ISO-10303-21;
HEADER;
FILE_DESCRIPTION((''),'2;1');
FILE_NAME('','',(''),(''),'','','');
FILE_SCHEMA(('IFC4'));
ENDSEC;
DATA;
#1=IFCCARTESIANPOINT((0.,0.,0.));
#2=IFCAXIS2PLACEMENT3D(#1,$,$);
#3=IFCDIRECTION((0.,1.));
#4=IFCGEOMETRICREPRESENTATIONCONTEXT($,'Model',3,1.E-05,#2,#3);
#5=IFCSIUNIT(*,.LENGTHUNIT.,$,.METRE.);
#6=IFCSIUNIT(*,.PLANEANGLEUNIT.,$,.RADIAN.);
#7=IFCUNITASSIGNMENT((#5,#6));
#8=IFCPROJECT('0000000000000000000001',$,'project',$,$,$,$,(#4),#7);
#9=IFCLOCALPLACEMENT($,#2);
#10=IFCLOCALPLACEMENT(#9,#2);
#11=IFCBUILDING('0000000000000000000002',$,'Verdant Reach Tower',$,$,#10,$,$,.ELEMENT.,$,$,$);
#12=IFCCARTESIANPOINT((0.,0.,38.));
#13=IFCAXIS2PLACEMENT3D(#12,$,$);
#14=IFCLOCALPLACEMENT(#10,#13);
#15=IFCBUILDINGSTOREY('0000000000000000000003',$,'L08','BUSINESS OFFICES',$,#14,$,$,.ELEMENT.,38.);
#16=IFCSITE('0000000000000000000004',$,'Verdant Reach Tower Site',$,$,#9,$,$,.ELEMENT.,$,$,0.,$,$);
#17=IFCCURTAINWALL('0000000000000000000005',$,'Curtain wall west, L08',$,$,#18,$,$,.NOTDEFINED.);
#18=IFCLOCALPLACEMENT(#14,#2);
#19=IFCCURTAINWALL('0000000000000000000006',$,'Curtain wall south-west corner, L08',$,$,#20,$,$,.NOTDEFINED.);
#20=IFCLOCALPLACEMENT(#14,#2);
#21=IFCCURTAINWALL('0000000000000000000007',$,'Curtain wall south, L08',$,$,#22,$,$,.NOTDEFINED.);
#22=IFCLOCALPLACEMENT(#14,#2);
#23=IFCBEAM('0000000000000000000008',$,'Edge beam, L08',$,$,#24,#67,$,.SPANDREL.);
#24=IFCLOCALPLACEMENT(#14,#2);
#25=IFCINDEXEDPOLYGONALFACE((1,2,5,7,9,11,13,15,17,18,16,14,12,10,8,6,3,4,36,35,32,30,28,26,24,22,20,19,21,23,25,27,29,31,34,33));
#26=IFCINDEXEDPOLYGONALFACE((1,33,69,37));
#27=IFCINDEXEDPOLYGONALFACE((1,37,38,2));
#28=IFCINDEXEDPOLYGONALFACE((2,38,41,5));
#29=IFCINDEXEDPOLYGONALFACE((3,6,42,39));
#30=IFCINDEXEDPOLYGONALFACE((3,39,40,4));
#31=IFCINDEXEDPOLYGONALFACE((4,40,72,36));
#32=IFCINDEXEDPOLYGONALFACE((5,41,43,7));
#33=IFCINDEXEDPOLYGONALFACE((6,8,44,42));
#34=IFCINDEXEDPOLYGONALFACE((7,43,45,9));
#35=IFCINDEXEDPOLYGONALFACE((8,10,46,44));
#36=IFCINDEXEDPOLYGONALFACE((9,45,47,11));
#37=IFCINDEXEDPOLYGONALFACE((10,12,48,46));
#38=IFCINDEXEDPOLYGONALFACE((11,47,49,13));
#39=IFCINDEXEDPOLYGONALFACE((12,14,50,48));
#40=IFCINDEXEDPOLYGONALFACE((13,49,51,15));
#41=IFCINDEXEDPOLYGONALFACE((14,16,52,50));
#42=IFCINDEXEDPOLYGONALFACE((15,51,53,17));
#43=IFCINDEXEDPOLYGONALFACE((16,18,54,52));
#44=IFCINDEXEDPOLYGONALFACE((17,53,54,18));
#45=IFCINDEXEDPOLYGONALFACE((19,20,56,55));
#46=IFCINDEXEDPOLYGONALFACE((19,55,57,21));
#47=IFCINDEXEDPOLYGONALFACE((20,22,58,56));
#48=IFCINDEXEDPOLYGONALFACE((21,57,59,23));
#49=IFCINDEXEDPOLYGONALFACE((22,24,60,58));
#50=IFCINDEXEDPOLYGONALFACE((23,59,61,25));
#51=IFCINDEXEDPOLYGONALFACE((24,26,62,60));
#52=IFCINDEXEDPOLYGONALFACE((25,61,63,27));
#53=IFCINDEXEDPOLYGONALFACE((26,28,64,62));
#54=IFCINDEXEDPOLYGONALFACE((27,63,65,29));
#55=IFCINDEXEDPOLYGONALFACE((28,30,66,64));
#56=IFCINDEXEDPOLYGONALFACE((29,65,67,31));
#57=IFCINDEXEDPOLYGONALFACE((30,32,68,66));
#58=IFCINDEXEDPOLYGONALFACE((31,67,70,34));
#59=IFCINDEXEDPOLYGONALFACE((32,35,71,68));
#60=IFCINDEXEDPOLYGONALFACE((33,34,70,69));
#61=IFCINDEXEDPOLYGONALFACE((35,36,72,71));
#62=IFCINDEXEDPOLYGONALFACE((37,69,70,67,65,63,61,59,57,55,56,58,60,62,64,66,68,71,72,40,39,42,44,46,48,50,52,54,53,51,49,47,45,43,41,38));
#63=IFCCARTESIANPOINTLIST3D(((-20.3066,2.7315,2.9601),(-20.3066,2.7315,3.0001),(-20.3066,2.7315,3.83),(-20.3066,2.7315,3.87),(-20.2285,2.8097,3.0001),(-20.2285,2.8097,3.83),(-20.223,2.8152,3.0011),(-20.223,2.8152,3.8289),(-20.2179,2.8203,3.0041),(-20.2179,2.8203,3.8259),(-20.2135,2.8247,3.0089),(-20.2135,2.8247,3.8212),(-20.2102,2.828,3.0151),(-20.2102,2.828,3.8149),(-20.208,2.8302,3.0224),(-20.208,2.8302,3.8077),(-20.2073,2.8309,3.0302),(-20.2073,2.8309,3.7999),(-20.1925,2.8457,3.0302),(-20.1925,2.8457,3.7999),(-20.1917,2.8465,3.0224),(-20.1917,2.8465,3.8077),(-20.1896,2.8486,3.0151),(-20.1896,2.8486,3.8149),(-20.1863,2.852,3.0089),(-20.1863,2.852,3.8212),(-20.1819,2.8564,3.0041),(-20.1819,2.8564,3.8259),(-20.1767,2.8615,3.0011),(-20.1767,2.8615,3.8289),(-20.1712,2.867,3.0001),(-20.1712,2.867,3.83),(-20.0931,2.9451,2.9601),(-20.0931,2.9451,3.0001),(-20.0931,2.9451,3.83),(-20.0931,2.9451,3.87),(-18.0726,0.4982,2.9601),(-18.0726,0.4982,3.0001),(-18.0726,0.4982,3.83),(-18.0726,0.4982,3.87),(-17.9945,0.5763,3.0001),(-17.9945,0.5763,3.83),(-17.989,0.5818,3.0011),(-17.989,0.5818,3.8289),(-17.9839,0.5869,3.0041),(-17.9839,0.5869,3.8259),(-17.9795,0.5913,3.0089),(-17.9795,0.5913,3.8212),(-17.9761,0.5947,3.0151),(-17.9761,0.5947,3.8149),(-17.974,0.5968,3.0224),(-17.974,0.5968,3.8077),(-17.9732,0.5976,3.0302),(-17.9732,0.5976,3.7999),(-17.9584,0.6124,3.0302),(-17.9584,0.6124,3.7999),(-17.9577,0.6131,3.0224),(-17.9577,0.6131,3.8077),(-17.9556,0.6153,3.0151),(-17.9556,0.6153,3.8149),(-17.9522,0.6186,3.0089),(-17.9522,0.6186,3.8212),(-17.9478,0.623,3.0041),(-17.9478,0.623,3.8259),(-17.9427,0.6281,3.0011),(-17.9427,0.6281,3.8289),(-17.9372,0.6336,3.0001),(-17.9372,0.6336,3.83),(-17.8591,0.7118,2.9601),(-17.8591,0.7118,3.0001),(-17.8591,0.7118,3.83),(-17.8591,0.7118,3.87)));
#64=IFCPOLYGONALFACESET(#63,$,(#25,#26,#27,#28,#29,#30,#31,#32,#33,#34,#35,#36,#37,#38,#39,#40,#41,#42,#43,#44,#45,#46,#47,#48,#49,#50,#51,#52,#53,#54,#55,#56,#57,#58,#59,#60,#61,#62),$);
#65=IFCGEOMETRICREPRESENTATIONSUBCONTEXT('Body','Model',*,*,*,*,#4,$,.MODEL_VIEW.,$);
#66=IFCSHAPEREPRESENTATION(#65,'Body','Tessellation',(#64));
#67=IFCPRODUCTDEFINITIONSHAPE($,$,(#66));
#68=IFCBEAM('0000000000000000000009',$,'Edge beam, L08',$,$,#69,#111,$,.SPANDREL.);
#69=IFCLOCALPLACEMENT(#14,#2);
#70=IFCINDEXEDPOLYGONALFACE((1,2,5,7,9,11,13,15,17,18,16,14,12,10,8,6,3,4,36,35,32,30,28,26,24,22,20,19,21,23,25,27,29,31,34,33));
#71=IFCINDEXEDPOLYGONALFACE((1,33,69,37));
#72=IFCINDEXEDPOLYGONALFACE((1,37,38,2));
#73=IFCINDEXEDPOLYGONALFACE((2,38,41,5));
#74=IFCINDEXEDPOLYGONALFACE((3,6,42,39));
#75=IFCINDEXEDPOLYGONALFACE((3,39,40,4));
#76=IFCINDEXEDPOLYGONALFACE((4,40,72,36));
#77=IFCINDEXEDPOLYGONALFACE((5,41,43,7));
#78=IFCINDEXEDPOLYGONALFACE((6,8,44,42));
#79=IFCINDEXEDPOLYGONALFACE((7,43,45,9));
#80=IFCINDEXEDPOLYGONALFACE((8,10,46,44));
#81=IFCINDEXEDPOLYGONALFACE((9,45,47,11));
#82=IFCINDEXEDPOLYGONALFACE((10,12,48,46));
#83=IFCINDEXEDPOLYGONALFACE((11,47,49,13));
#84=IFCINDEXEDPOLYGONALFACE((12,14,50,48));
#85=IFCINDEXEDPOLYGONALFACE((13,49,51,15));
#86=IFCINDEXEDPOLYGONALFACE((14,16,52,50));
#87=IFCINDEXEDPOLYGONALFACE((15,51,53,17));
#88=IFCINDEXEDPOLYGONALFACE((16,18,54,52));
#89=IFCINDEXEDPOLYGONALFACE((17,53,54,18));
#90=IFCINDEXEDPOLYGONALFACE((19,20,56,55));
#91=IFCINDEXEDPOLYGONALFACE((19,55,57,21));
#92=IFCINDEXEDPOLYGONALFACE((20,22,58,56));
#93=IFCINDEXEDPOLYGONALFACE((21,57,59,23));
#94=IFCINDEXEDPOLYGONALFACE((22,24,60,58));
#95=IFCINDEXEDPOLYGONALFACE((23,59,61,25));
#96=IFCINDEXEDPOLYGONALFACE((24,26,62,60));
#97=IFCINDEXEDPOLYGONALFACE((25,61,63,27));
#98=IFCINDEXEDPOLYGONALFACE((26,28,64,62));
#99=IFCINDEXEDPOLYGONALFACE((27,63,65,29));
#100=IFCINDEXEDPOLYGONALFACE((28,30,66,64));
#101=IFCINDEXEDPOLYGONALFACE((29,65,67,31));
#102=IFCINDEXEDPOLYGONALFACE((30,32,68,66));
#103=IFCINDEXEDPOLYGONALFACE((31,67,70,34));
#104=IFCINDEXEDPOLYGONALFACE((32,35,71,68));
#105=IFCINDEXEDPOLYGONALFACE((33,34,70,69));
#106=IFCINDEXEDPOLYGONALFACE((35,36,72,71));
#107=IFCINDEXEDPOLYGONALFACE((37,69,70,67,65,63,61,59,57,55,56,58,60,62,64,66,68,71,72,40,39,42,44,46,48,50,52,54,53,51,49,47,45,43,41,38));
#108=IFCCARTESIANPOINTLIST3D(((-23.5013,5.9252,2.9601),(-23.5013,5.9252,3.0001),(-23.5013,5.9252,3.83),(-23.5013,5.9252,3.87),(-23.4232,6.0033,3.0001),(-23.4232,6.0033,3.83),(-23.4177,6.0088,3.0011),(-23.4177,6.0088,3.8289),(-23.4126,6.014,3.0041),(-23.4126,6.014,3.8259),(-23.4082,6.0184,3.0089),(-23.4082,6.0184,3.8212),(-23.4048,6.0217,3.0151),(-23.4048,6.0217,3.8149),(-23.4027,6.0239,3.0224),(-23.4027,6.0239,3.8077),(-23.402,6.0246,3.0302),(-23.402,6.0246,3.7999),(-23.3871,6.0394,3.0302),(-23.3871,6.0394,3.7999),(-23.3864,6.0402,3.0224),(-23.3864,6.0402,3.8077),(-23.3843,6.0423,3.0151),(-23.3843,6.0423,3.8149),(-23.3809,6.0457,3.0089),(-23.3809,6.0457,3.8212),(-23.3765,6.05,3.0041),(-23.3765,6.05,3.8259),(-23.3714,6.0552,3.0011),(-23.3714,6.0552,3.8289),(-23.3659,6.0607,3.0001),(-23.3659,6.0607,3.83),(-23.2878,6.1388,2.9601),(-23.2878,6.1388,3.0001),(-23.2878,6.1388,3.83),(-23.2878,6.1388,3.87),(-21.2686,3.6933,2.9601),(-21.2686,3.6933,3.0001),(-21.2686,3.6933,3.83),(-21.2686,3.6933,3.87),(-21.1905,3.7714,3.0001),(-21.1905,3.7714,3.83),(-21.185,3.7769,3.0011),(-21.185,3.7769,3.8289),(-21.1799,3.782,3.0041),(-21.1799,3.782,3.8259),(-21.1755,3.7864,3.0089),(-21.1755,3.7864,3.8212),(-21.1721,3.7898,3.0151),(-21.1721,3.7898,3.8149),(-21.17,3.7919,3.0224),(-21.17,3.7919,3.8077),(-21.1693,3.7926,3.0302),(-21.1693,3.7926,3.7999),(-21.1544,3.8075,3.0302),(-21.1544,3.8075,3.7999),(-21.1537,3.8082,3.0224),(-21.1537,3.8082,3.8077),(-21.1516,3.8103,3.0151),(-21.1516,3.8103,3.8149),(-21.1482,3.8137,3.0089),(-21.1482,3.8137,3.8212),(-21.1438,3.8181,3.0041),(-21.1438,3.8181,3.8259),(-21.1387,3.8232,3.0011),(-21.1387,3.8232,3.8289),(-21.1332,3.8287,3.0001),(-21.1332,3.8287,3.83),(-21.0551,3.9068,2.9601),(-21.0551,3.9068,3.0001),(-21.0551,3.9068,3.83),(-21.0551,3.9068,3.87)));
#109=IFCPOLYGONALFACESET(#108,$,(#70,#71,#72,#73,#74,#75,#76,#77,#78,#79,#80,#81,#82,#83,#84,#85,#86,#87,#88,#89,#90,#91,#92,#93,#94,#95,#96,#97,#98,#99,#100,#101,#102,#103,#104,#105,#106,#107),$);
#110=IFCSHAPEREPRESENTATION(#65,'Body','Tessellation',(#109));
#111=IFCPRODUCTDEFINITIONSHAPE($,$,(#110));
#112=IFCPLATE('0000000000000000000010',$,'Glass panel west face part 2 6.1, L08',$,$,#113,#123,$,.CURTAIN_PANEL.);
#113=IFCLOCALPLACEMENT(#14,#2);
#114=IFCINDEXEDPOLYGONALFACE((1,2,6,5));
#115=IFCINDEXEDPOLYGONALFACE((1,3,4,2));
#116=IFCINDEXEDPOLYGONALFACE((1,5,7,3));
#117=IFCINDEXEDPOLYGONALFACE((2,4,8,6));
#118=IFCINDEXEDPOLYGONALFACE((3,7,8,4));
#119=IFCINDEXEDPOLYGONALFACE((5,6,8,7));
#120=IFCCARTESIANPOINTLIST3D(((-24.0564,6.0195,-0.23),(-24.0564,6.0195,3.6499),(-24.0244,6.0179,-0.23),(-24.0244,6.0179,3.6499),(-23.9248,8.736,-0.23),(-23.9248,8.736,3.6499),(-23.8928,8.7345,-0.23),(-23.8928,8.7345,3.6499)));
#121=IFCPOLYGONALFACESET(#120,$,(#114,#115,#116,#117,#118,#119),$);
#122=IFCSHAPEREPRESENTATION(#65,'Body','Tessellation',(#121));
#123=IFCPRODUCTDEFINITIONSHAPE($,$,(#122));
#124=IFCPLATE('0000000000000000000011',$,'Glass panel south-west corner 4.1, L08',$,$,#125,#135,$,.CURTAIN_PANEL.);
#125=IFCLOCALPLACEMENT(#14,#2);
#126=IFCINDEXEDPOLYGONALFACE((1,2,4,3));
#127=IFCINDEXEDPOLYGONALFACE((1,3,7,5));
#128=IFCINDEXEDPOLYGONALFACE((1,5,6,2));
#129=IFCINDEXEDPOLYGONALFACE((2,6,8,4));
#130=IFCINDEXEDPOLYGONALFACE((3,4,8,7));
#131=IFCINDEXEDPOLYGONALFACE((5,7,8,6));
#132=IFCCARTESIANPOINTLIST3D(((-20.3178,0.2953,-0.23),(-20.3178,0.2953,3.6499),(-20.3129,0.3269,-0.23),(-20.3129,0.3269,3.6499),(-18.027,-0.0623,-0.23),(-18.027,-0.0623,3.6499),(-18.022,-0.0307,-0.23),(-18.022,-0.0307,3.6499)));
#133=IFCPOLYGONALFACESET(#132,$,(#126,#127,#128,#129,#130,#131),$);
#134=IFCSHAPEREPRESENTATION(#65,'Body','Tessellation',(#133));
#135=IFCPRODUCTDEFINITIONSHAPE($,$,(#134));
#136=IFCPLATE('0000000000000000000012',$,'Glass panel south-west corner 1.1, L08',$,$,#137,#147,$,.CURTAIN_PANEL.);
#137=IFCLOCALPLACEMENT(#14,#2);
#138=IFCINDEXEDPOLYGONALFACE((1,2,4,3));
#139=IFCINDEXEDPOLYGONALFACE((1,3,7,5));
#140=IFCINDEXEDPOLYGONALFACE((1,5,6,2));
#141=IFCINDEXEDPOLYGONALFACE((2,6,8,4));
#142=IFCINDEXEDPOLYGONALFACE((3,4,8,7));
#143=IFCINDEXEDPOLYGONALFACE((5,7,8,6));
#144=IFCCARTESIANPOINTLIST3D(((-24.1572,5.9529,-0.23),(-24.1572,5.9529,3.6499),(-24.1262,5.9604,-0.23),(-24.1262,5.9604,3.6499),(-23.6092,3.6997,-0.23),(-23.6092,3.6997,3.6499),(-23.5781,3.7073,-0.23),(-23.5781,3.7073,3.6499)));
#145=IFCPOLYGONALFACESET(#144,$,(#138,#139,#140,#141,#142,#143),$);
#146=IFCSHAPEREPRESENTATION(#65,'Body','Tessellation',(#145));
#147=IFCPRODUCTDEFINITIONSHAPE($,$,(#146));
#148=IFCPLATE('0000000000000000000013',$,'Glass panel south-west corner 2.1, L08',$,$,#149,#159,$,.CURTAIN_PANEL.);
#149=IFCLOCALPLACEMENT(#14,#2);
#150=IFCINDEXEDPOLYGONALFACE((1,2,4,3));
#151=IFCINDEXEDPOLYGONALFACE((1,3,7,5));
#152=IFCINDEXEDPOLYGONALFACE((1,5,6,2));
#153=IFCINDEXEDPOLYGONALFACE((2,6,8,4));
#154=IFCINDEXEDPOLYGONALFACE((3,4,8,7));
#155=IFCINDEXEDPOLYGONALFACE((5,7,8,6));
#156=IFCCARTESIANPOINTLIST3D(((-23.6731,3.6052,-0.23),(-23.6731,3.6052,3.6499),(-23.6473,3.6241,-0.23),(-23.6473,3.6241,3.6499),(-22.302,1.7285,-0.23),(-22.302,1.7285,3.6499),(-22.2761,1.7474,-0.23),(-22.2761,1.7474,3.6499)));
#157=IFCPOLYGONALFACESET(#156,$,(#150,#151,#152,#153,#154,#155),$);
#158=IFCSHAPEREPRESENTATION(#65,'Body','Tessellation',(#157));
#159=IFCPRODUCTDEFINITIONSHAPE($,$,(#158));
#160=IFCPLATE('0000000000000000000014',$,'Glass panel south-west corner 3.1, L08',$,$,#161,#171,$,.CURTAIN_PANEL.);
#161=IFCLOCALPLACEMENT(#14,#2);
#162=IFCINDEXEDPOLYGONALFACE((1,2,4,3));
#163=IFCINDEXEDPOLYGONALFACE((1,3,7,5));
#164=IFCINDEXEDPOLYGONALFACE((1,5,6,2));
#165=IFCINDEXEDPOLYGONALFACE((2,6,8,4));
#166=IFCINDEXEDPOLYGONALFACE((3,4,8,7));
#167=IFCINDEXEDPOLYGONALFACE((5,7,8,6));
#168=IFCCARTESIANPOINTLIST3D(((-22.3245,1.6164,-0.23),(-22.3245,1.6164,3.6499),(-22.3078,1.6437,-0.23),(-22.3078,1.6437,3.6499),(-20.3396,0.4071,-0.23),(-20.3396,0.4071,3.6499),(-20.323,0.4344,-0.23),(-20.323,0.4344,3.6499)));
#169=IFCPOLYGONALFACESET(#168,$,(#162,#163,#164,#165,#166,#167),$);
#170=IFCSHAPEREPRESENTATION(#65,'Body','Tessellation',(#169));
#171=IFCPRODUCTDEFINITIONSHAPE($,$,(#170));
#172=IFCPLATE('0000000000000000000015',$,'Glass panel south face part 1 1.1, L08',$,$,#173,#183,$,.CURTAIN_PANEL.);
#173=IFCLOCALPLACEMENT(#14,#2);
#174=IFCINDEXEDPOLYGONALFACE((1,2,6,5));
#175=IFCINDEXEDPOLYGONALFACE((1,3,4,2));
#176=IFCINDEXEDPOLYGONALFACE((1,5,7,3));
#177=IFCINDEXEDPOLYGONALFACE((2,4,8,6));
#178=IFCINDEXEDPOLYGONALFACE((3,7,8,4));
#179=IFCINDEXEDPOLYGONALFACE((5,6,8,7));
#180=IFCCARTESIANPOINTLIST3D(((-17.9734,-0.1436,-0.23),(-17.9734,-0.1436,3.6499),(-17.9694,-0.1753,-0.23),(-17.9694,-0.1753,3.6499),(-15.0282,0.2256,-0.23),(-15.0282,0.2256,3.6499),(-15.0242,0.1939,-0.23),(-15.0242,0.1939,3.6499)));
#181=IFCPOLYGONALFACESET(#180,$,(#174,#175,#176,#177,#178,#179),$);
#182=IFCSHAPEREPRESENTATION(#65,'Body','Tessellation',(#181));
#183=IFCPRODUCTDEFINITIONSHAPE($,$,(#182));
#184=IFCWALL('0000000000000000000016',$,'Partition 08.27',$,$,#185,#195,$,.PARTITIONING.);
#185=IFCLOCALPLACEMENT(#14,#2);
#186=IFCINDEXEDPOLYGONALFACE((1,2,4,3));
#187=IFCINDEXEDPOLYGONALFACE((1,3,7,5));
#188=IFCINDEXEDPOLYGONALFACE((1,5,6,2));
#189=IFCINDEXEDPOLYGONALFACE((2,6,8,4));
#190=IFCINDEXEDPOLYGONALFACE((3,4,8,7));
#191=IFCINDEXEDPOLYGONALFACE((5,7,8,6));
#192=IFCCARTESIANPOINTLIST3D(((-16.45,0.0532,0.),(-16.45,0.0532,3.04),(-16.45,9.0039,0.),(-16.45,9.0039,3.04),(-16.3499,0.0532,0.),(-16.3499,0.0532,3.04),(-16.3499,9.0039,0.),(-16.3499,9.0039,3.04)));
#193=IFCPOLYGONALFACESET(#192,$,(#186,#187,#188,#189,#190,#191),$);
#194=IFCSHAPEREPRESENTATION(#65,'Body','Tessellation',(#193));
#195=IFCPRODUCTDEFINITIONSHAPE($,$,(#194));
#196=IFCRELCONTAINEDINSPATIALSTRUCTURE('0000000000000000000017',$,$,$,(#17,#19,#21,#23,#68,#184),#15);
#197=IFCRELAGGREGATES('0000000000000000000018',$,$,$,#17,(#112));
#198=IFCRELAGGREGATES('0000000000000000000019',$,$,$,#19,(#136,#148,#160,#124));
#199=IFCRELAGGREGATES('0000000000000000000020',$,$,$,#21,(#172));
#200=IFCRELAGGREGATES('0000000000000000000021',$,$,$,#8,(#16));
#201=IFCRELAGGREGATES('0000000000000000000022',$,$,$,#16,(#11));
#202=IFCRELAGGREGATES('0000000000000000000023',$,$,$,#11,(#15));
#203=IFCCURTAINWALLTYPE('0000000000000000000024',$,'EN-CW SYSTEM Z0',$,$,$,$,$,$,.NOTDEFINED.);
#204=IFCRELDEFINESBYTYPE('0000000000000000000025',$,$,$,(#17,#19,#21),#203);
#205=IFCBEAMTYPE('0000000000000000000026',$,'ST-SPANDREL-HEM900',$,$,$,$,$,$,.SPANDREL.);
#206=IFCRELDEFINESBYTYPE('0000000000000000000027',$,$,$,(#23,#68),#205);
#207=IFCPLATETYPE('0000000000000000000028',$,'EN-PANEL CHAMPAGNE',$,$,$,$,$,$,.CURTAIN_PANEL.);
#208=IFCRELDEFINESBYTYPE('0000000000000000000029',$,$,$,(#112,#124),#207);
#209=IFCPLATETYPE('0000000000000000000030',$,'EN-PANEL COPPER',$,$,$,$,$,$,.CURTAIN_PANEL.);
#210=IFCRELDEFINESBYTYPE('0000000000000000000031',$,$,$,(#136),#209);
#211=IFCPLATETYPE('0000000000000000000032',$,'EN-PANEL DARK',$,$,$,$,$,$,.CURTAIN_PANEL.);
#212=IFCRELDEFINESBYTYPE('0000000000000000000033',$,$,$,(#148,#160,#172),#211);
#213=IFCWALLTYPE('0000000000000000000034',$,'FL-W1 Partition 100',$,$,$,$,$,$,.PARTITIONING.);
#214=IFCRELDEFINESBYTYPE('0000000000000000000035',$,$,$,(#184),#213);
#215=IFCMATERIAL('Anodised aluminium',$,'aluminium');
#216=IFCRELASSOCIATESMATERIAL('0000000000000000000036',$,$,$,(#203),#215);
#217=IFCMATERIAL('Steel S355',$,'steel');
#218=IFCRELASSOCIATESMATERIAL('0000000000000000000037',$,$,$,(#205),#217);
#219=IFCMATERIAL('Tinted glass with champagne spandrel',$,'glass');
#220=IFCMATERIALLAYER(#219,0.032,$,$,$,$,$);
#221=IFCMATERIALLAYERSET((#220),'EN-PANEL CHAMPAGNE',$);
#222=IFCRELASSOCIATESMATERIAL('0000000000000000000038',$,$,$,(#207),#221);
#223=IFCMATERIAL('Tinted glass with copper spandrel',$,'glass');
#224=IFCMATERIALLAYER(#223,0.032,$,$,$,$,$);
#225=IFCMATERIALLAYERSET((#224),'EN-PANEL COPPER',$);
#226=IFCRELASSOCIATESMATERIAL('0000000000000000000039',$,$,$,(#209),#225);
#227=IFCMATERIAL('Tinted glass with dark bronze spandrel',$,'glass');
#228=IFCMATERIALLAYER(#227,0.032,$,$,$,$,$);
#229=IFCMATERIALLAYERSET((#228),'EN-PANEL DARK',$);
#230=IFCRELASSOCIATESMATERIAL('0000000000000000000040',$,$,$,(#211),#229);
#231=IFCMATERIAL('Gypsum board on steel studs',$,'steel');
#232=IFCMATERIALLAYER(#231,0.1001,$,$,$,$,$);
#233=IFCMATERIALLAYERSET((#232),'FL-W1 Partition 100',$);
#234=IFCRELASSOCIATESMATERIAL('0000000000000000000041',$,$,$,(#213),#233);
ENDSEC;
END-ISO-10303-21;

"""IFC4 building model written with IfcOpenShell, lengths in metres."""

from ifc_helpers import new_model, si_unit, direction, frame, frame_2d, origin, origin_2d, place, context, subcontext, project, spatial, rectangle, i_section, extrude, material, layer, layer_set, material_profile, profile_set, type_object, element, aggregate, save


model = new_model("IFC4")

# Units and contexts
model_context = context("Model", 3, precision=1e-05, world=origin(), true_north=direction((0.0, 1.0)))
body_context = subcontext(model_context, "Body", "Model", "MODEL_VIEW")
ifc_project = project(units=[si_unit("LENGTHUNIT", "METRE"), si_unit("PLANEANGLEUNIT", "RADIAN")], contexts=[model_context])

# Site, building, storey
site_placement = place(None, origin())
site = spatial("IfcSite", under=ifc_project, at=site_placement, Name="Verdant Reach Tower Site", CompositionType="ELEMENT", RefElevation=0.0)
building_placement = place(site_placement, origin())
building = spatial("IfcBuilding", under=site, at=building_placement, Name="Verdant Reach Tower", CompositionType="ELEMENT")
storey_placement = place(building_placement, frame((0.0, 0.0, 38.0)))
storey = spatial("IfcBuildingStorey", under=building, at=storey_placement, Name="L08", Description="BUSINESS OFFICES", CompositionType="ELEMENT", Elevation=38.0)

# Curtain wall
ifc_material_1 = material(Name="Anodised aluminium", Category="aluminium")
curtain_wall_type = type_object("IfcCurtainWallType", Name="EN-CW SYSTEM Z0", PredefinedType="NOTDEFINED", material=ifc_material_1)
curtain_wall_1_placement = place(storey_placement, origin())
curtain_wall_1 = element("IfcCurtainWall", 1, at=curtain_wall_1_placement, inside=storey, type_object=curtain_wall_type, Name="Curtain wall west, L08", PredefinedType="NOTDEFINED")

# Curtain walls
curtain_wall_2_placement = place(storey_placement, origin())
curtain_wall_2 = element("IfcCurtainWall", 2, at=curtain_wall_2_placement, inside=storey, type_object=curtain_wall_type, Name="Curtain wall south-west corner, L08", PredefinedType="NOTDEFINED")
curtain_wall_3_placement = place(storey_placement, origin())
curtain_wall_3 = element("IfcCurtainWall", 3, at=curtain_wall_3_placement, inside=storey, type_object=curtain_wall_type, Name="Curtain wall south, L08", PredefinedType="NOTDEFINED")

# Beams
ifc_material_2 = material(Name="Steel S355", Category="steel")
ifc_material_profile_1 = material_profile(ifc_material_2, i_section(OverallWidth=0.302, OverallDepth=0.9099, WebThickness=0.021, FlangeThickness=0.04, FilletRadius=0.03, at=origin_2d()), Name="HEM 900")
ifc_profile_set_1 = profile_set([ifc_material_profile_1], Name="Steel S355")
beam_type_1 = type_object("IfcBeamType", Name="ST-SPANDREL-HEM900", PredefinedType="SPANDREL", material=ifc_profile_set_1)
beam_1_placement = place(storey_placement, frame((-17.9658, 0.605, 3.415), z_axis=(-0.707223, 0.706991, 0.0), x_axis=(-0.706991, -0.707223, 0.0)))
element("IfcBeam", 4, at=beam_1_placement, inside=storey, type_object=beam_type_1, Name="Edge beam, L08", PredefinedType="SPANDREL", context=body_context, shape_type="SweptSolid", body=[
    extrude(i_section(OverallWidth=0.302, OverallDepth=0.9099, WebThickness=0.021, FlangeThickness=0.04, FilletRadius=0.03, at=origin_2d()), origin(), (0.0, 0.0, 1.0), 3.1589),
])
beam_2_placement = place(storey_placement, frame((-21.1619, 3.8, 3.415), z_axis=(-0.707223, 0.706991, 0.0), x_axis=(-0.706991, -0.707223, 0.0)))
element("IfcBeam", 5, at=beam_2_placement, inside=storey, type_object=beam_type_1, Name="Edge beam, L08", PredefinedType="SPANDREL", context=body_context, shape_type="SweptSolid", body=[
    extrude(i_section(OverallWidth=0.302, OverallDepth=0.9099, WebThickness=0.021, FlangeThickness=0.04, FilletRadius=0.03, at=origin_2d()), origin(), (0.0, 0.0, 1.0), 3.157),
])

# Plates
ifc_material_3 = material(Name="Tinted glass with champagne spandrel", Category="glass")
ifc_layer_1 = layer(ifc_material_3, 0.032)
ifc_layer_set_1 = layer_set([ifc_layer_1], Name="EN-PANEL CHAMPAGNE")
plate_type_1 = type_object("IfcPlateType", Name="EN-PANEL CHAMPAGNE", PredefinedType="CURTAIN_PANEL", material=ifc_layer_set_1)
plate_1_placement = place(storey_placement, frame((-23.9746, 7.377, -0.23), z_axis=(0.0, 0.0, 1.0), x_axis=(-0.048383, -0.998829, 0.0)))
plate_1 = element("IfcPlate", 6, at=plate_1_placement, type_object=plate_type_1, Name="Glass panel west face part 2 6.1, L08", PredefinedType="CURTAIN_PANEL", context=body_context, shape_type="SweptSolid", body=[
    extrude(rectangle(XDim=2.7197, YDim=0.032, at=origin_2d()), origin(), (0.0, 0.0, 1.0), 3.8799),
])
aggregate(curtain_wall_1, [plate_1])
plate_2_placement = place(storey_placement, frame((-19.1699, 0.1323, -0.23), z_axis=(0.0, 0.0, 1.0), x_axis=(0.988035, -0.154233, 0.0)))
plate_2 = element("IfcPlate", 7, at=plate_2_placement, type_object=plate_type_1, Name="Glass panel south-west corner 4.1, L08", PredefinedType="CURTAIN_PANEL", context=body_context, shape_type="SweptSolid", body=[
    extrude(rectangle(XDim=2.3186, YDim=0.032, at=origin_2d()), origin(), (0.0, 0.0, 1.0), 3.8799),
])
ifc_material_4 = material(Name="Tinted glass with copper spandrel", Category="glass")
ifc_layer_2 = layer(ifc_material_4, 0.032)
ifc_layer_set_2 = layer_set([ifc_layer_2], Name="EN-PANEL COPPER")
plate_type_2 = type_object("IfcPlateType", Name="EN-PANEL COPPER", PredefinedType="CURTAIN_PANEL", material=ifc_layer_set_2)
plate_3_placement = place(storey_placement, frame((-23.8677, 4.8301, -0.23), z_axis=(0.0, 0.0, 1.0), x_axis=(0.236347, -0.971669, 0.0)))
plate_3 = element("IfcPlate", 8, at=plate_3_placement, type_object=plate_type_2, Name="Glass panel south-west corner 1.1, L08", PredefinedType="CURTAIN_PANEL", context=body_context, shape_type="SweptSolid", body=[
    extrude(rectangle(XDim=2.3188, YDim=0.032, at=origin_2d()), origin(), (0.0, 0.0, 1.0), 3.8799),
])
ifc_material_5 = material(Name="Tinted glass with dark bronze spandrel", Category="glass")
ifc_layer_3 = layer(ifc_material_5, 0.032)
ifc_layer_set_3 = layer_set([ifc_layer_3], Name="EN-PANEL DARK")
plate_type_3 = type_object("IfcPlateType", Name="EN-PANEL DARK", PredefinedType="CURTAIN_PANEL", material=ifc_layer_set_3)
plate_4_placement = place(storey_placement, frame((-22.9746, 2.6763, -0.23), z_axis=(0.0, 0.0, 1.0), x_axis=(0.589927, -0.807457, 0.0)))
plate_4 = element("IfcPlate", 9, at=plate_4_placement, type_object=plate_type_3, Name="Glass panel south-west corner 2.1, L08", PredefinedType="CURTAIN_PANEL", context=body_context, shape_type="SweptSolid", body=[
    extrude(rectangle(XDim=2.3242, YDim=0.032, at=origin_2d()), origin(), (0.0, 0.0, 1.0), 3.8799),
])
plate_5_placement = place(storey_placement, frame((-21.3237, 1.0254, -0.23), z_axis=(0.0, 0.0, 1.0), x_axis=(0.853989, -0.520292, 0.0)))
plate_5 = element("IfcPlate", 10, at=plate_5_placement, type_object=plate_type_3, Name="Glass panel south-west corner 3.1, L08", PredefinedType="CURTAIN_PANEL", context=body_context, shape_type="SweptSolid", body=[
    extrude(rectangle(XDim=2.3242, YDim=0.032, at=origin_2d()), origin(), (0.0, 0.0, 1.0), 3.8799),
])
aggregate(curtain_wall_2, [plate_3, plate_4, plate_5, plate_2])
plate_6_placement = place(storey_placement, frame((-16.4988, 0.0251, -0.23), z_axis=(0.0, 0.0, 1.0), x_axis=(0.992234, 0.124384, 0.0)))
plate_6 = element("IfcPlate", 11, at=plate_6_placement, type_object=plate_type_3, Name="Glass panel south face part 1 1.1, L08", PredefinedType="CURTAIN_PANEL", context=body_context, shape_type="SweptSolid", body=[
    extrude(rectangle(XDim=2.9683, YDim=0.032, at=origin_2d()), origin(), (0.0, 0.0, 1.0), 3.8799),
])
aggregate(curtain_wall_3, [plate_6])

# Wall
ifc_material_6 = material(Name="Gypsum board on steel studs", Category="steel")
ifc_layer_4 = layer(ifc_material_6, 0.1001)
ifc_layer_set_4 = layer_set([ifc_layer_4], Name="FL-W1 Partition 100")
wall_type = type_object("IfcWallType", Name="FL-W1 Partition 100", PredefinedType="PARTITIONING", material=ifc_layer_set_4)
wall_placement = place(storey_placement, frame((-16.3999, 9.0039, 0.0), z_axis=(0.0, 0.0, 1.0), x_axis=(0.0, -1.0, 0.0)))
element("IfcWall", 12, at=wall_placement, inside=storey, type_object=wall_type, Name="Partition 08.27", PredefinedType="PARTITIONING", context=body_context, shape_type="SweptSolid", body=[
    extrude(rectangle(XDim=8.9507, YDim=0.1001, at=frame_2d((4.4753, 0.0))), origin(), (0.0, 0.0, 1.0), 3.04),
])

save(model, "model.ifc")
